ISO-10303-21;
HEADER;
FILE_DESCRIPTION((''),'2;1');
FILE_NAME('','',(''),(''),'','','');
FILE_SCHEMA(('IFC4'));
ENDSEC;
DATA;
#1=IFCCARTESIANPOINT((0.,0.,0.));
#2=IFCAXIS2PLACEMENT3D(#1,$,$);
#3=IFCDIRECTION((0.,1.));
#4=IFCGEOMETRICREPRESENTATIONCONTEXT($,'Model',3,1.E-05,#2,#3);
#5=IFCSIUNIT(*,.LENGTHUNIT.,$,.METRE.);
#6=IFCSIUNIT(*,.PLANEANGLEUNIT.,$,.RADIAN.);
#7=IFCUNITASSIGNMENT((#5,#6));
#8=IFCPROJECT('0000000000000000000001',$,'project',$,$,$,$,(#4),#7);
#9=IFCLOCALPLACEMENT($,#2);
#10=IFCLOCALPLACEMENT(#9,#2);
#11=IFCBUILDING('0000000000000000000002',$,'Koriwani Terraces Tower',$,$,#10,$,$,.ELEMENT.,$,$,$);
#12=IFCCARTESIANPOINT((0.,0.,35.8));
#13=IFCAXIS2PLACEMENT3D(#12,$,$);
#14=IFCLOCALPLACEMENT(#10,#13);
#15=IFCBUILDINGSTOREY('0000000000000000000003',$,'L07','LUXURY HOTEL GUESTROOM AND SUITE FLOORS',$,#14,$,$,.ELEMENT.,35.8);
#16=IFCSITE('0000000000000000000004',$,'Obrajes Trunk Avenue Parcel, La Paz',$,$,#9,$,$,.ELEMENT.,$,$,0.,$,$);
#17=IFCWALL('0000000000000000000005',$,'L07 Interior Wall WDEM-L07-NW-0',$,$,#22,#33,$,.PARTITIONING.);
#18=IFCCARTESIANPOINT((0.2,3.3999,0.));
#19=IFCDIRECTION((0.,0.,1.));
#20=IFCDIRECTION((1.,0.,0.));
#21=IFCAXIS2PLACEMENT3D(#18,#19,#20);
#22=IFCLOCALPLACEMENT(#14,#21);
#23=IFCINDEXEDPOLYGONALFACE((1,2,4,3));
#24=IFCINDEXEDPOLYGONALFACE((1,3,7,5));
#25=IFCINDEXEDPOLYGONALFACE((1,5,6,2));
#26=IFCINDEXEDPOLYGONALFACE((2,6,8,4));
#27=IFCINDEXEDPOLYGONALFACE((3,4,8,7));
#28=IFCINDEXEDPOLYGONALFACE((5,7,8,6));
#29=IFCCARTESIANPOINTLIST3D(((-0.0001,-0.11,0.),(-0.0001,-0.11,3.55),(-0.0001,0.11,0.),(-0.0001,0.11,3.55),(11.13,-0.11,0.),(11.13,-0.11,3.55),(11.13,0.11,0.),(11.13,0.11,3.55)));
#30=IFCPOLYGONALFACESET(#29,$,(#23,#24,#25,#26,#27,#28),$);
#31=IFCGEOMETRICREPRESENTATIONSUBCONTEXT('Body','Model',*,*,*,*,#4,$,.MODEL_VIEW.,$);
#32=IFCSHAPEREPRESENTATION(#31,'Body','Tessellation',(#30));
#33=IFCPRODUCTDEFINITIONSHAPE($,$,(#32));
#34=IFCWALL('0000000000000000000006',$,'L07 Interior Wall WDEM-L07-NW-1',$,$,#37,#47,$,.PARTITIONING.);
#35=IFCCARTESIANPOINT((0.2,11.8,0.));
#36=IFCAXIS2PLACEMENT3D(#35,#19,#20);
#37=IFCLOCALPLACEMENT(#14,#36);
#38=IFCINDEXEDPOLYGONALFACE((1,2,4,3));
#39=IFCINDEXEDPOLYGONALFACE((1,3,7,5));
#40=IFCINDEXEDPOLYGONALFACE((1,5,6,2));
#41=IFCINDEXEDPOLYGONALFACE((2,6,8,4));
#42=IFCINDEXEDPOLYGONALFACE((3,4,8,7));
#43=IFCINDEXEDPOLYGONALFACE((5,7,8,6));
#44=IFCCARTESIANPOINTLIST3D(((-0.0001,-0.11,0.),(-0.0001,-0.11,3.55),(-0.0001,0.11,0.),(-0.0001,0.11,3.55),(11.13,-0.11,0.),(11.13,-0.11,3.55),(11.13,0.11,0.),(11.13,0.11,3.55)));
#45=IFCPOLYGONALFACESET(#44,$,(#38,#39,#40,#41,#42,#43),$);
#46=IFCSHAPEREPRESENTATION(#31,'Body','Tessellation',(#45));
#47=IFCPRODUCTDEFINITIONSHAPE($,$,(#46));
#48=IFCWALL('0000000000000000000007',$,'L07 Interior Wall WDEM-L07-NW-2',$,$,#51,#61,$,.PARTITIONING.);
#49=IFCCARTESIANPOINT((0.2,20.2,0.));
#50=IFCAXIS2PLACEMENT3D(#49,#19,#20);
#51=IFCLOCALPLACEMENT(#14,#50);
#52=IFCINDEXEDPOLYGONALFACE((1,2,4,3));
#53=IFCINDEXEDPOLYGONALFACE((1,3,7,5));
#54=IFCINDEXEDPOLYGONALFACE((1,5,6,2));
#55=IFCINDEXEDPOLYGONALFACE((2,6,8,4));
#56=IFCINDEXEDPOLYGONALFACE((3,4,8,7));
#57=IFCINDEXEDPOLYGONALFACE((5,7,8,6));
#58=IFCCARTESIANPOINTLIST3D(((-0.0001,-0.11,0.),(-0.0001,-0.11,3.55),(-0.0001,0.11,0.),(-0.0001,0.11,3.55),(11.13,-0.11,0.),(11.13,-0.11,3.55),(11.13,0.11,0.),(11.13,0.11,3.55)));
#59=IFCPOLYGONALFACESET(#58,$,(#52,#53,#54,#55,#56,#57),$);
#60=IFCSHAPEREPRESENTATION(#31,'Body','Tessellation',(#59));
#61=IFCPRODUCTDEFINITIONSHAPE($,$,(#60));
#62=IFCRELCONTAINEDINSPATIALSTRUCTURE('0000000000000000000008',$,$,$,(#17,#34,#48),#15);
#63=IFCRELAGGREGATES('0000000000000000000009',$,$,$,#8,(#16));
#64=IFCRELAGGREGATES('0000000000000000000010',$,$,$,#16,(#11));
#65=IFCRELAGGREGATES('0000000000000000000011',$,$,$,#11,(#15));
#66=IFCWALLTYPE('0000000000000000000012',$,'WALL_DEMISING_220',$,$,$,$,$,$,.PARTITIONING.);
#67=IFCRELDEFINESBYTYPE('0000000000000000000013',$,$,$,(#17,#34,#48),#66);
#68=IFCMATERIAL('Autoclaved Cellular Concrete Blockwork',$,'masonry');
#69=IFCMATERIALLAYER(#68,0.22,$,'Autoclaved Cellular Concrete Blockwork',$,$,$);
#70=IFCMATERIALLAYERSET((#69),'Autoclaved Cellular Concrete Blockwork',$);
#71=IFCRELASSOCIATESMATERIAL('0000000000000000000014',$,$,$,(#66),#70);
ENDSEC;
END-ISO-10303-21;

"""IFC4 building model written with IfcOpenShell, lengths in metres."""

from ifc_helpers import new_model, si_unit, direction, frame, frame_2d, origin, place, context, subcontext, project, spatial, rectangle, extrude, material, layer, layer_set, type_object, element, save


model = new_model("IFC4")

# Units and contexts
model_context = context("Model", 3, precision=1e-05, world=origin(), true_north=direction((0.0, 1.0)))
body_context = subcontext(model_context, "Body", "Model", "MODEL_VIEW")
ifc_project = project(units=[si_unit("LENGTHUNIT", "METRE"), si_unit("PLANEANGLEUNIT", "RADIAN")], contexts=[model_context])

# Site, building, storey
site_placement = place(None, origin())
site = spatial("IfcSite", under=ifc_project, at=site_placement, Name="Obrajes Trunk Avenue Parcel, La Paz", CompositionType="ELEMENT", RefElevation=0.0)
building_placement = place(site_placement, origin())
building = spatial("IfcBuilding", under=site, at=building_placement, Name="Koriwani Terraces Tower", CompositionType="ELEMENT")
storey_placement = place(building_placement, frame((0.0, 0.0, 35.8)))
storey = spatial("IfcBuildingStorey", under=building, at=storey_placement, Name="L07", Description="LUXURY HOTEL GUESTROOM AND SUITE FLOORS", CompositionType="ELEMENT", Elevation=35.8)

# Walls
ifc_material_1 = material(Name="Autoclaved Cellular Concrete Blockwork", Category="masonry")
ifc_layer_1 = layer(ifc_material_1, 0.22, Name="Autoclaved Cellular Concrete Blockwork")
ifc_layer_set_1 = layer_set([ifc_layer_1], Name="Autoclaved Cellular Concrete Blockwork")
wall_type_1 = type_object("IfcWallType", Name="WALL_DEMISING_220", PredefinedType="PARTITIONING", material=ifc_layer_set_1)
for number, where, z_axis, x_axis, name in (
    (1, (0.2, 3.3999, 0.0), (0.0, 0.0, 1.0), (1.0, 0.0, 0.0), "L07 Interior Wall WDEM-L07-NW-0"),
    (2, (0.2, 11.8, 0.0), (0.0, 0.0, 1.0), (1.0, 0.0, 0.0), "L07 Interior Wall WDEM-L07-NW-1"),
    (3, (0.2, 20.2, 0.0), (0.0, 0.0, 1.0), (1.0, 0.0, 0.0), "L07 Interior Wall WDEM-L07-NW-2"),
):
    element("IfcWall", number, at=place(storey_placement, frame(where, z_axis=z_axis, x_axis=x_axis)), inside=storey, type_object=wall_type_1, Name=name, PredefinedType="PARTITIONING", context=body_context, shape_type="SweptSolid", body=[
        extrude(rectangle(XDim=11.1301, YDim=0.22, at=frame_2d((5.5649, 0.0))), origin(), (0.0, 0.0, 1.0), 3.55),
    ])

save(model, "model.ifc")
